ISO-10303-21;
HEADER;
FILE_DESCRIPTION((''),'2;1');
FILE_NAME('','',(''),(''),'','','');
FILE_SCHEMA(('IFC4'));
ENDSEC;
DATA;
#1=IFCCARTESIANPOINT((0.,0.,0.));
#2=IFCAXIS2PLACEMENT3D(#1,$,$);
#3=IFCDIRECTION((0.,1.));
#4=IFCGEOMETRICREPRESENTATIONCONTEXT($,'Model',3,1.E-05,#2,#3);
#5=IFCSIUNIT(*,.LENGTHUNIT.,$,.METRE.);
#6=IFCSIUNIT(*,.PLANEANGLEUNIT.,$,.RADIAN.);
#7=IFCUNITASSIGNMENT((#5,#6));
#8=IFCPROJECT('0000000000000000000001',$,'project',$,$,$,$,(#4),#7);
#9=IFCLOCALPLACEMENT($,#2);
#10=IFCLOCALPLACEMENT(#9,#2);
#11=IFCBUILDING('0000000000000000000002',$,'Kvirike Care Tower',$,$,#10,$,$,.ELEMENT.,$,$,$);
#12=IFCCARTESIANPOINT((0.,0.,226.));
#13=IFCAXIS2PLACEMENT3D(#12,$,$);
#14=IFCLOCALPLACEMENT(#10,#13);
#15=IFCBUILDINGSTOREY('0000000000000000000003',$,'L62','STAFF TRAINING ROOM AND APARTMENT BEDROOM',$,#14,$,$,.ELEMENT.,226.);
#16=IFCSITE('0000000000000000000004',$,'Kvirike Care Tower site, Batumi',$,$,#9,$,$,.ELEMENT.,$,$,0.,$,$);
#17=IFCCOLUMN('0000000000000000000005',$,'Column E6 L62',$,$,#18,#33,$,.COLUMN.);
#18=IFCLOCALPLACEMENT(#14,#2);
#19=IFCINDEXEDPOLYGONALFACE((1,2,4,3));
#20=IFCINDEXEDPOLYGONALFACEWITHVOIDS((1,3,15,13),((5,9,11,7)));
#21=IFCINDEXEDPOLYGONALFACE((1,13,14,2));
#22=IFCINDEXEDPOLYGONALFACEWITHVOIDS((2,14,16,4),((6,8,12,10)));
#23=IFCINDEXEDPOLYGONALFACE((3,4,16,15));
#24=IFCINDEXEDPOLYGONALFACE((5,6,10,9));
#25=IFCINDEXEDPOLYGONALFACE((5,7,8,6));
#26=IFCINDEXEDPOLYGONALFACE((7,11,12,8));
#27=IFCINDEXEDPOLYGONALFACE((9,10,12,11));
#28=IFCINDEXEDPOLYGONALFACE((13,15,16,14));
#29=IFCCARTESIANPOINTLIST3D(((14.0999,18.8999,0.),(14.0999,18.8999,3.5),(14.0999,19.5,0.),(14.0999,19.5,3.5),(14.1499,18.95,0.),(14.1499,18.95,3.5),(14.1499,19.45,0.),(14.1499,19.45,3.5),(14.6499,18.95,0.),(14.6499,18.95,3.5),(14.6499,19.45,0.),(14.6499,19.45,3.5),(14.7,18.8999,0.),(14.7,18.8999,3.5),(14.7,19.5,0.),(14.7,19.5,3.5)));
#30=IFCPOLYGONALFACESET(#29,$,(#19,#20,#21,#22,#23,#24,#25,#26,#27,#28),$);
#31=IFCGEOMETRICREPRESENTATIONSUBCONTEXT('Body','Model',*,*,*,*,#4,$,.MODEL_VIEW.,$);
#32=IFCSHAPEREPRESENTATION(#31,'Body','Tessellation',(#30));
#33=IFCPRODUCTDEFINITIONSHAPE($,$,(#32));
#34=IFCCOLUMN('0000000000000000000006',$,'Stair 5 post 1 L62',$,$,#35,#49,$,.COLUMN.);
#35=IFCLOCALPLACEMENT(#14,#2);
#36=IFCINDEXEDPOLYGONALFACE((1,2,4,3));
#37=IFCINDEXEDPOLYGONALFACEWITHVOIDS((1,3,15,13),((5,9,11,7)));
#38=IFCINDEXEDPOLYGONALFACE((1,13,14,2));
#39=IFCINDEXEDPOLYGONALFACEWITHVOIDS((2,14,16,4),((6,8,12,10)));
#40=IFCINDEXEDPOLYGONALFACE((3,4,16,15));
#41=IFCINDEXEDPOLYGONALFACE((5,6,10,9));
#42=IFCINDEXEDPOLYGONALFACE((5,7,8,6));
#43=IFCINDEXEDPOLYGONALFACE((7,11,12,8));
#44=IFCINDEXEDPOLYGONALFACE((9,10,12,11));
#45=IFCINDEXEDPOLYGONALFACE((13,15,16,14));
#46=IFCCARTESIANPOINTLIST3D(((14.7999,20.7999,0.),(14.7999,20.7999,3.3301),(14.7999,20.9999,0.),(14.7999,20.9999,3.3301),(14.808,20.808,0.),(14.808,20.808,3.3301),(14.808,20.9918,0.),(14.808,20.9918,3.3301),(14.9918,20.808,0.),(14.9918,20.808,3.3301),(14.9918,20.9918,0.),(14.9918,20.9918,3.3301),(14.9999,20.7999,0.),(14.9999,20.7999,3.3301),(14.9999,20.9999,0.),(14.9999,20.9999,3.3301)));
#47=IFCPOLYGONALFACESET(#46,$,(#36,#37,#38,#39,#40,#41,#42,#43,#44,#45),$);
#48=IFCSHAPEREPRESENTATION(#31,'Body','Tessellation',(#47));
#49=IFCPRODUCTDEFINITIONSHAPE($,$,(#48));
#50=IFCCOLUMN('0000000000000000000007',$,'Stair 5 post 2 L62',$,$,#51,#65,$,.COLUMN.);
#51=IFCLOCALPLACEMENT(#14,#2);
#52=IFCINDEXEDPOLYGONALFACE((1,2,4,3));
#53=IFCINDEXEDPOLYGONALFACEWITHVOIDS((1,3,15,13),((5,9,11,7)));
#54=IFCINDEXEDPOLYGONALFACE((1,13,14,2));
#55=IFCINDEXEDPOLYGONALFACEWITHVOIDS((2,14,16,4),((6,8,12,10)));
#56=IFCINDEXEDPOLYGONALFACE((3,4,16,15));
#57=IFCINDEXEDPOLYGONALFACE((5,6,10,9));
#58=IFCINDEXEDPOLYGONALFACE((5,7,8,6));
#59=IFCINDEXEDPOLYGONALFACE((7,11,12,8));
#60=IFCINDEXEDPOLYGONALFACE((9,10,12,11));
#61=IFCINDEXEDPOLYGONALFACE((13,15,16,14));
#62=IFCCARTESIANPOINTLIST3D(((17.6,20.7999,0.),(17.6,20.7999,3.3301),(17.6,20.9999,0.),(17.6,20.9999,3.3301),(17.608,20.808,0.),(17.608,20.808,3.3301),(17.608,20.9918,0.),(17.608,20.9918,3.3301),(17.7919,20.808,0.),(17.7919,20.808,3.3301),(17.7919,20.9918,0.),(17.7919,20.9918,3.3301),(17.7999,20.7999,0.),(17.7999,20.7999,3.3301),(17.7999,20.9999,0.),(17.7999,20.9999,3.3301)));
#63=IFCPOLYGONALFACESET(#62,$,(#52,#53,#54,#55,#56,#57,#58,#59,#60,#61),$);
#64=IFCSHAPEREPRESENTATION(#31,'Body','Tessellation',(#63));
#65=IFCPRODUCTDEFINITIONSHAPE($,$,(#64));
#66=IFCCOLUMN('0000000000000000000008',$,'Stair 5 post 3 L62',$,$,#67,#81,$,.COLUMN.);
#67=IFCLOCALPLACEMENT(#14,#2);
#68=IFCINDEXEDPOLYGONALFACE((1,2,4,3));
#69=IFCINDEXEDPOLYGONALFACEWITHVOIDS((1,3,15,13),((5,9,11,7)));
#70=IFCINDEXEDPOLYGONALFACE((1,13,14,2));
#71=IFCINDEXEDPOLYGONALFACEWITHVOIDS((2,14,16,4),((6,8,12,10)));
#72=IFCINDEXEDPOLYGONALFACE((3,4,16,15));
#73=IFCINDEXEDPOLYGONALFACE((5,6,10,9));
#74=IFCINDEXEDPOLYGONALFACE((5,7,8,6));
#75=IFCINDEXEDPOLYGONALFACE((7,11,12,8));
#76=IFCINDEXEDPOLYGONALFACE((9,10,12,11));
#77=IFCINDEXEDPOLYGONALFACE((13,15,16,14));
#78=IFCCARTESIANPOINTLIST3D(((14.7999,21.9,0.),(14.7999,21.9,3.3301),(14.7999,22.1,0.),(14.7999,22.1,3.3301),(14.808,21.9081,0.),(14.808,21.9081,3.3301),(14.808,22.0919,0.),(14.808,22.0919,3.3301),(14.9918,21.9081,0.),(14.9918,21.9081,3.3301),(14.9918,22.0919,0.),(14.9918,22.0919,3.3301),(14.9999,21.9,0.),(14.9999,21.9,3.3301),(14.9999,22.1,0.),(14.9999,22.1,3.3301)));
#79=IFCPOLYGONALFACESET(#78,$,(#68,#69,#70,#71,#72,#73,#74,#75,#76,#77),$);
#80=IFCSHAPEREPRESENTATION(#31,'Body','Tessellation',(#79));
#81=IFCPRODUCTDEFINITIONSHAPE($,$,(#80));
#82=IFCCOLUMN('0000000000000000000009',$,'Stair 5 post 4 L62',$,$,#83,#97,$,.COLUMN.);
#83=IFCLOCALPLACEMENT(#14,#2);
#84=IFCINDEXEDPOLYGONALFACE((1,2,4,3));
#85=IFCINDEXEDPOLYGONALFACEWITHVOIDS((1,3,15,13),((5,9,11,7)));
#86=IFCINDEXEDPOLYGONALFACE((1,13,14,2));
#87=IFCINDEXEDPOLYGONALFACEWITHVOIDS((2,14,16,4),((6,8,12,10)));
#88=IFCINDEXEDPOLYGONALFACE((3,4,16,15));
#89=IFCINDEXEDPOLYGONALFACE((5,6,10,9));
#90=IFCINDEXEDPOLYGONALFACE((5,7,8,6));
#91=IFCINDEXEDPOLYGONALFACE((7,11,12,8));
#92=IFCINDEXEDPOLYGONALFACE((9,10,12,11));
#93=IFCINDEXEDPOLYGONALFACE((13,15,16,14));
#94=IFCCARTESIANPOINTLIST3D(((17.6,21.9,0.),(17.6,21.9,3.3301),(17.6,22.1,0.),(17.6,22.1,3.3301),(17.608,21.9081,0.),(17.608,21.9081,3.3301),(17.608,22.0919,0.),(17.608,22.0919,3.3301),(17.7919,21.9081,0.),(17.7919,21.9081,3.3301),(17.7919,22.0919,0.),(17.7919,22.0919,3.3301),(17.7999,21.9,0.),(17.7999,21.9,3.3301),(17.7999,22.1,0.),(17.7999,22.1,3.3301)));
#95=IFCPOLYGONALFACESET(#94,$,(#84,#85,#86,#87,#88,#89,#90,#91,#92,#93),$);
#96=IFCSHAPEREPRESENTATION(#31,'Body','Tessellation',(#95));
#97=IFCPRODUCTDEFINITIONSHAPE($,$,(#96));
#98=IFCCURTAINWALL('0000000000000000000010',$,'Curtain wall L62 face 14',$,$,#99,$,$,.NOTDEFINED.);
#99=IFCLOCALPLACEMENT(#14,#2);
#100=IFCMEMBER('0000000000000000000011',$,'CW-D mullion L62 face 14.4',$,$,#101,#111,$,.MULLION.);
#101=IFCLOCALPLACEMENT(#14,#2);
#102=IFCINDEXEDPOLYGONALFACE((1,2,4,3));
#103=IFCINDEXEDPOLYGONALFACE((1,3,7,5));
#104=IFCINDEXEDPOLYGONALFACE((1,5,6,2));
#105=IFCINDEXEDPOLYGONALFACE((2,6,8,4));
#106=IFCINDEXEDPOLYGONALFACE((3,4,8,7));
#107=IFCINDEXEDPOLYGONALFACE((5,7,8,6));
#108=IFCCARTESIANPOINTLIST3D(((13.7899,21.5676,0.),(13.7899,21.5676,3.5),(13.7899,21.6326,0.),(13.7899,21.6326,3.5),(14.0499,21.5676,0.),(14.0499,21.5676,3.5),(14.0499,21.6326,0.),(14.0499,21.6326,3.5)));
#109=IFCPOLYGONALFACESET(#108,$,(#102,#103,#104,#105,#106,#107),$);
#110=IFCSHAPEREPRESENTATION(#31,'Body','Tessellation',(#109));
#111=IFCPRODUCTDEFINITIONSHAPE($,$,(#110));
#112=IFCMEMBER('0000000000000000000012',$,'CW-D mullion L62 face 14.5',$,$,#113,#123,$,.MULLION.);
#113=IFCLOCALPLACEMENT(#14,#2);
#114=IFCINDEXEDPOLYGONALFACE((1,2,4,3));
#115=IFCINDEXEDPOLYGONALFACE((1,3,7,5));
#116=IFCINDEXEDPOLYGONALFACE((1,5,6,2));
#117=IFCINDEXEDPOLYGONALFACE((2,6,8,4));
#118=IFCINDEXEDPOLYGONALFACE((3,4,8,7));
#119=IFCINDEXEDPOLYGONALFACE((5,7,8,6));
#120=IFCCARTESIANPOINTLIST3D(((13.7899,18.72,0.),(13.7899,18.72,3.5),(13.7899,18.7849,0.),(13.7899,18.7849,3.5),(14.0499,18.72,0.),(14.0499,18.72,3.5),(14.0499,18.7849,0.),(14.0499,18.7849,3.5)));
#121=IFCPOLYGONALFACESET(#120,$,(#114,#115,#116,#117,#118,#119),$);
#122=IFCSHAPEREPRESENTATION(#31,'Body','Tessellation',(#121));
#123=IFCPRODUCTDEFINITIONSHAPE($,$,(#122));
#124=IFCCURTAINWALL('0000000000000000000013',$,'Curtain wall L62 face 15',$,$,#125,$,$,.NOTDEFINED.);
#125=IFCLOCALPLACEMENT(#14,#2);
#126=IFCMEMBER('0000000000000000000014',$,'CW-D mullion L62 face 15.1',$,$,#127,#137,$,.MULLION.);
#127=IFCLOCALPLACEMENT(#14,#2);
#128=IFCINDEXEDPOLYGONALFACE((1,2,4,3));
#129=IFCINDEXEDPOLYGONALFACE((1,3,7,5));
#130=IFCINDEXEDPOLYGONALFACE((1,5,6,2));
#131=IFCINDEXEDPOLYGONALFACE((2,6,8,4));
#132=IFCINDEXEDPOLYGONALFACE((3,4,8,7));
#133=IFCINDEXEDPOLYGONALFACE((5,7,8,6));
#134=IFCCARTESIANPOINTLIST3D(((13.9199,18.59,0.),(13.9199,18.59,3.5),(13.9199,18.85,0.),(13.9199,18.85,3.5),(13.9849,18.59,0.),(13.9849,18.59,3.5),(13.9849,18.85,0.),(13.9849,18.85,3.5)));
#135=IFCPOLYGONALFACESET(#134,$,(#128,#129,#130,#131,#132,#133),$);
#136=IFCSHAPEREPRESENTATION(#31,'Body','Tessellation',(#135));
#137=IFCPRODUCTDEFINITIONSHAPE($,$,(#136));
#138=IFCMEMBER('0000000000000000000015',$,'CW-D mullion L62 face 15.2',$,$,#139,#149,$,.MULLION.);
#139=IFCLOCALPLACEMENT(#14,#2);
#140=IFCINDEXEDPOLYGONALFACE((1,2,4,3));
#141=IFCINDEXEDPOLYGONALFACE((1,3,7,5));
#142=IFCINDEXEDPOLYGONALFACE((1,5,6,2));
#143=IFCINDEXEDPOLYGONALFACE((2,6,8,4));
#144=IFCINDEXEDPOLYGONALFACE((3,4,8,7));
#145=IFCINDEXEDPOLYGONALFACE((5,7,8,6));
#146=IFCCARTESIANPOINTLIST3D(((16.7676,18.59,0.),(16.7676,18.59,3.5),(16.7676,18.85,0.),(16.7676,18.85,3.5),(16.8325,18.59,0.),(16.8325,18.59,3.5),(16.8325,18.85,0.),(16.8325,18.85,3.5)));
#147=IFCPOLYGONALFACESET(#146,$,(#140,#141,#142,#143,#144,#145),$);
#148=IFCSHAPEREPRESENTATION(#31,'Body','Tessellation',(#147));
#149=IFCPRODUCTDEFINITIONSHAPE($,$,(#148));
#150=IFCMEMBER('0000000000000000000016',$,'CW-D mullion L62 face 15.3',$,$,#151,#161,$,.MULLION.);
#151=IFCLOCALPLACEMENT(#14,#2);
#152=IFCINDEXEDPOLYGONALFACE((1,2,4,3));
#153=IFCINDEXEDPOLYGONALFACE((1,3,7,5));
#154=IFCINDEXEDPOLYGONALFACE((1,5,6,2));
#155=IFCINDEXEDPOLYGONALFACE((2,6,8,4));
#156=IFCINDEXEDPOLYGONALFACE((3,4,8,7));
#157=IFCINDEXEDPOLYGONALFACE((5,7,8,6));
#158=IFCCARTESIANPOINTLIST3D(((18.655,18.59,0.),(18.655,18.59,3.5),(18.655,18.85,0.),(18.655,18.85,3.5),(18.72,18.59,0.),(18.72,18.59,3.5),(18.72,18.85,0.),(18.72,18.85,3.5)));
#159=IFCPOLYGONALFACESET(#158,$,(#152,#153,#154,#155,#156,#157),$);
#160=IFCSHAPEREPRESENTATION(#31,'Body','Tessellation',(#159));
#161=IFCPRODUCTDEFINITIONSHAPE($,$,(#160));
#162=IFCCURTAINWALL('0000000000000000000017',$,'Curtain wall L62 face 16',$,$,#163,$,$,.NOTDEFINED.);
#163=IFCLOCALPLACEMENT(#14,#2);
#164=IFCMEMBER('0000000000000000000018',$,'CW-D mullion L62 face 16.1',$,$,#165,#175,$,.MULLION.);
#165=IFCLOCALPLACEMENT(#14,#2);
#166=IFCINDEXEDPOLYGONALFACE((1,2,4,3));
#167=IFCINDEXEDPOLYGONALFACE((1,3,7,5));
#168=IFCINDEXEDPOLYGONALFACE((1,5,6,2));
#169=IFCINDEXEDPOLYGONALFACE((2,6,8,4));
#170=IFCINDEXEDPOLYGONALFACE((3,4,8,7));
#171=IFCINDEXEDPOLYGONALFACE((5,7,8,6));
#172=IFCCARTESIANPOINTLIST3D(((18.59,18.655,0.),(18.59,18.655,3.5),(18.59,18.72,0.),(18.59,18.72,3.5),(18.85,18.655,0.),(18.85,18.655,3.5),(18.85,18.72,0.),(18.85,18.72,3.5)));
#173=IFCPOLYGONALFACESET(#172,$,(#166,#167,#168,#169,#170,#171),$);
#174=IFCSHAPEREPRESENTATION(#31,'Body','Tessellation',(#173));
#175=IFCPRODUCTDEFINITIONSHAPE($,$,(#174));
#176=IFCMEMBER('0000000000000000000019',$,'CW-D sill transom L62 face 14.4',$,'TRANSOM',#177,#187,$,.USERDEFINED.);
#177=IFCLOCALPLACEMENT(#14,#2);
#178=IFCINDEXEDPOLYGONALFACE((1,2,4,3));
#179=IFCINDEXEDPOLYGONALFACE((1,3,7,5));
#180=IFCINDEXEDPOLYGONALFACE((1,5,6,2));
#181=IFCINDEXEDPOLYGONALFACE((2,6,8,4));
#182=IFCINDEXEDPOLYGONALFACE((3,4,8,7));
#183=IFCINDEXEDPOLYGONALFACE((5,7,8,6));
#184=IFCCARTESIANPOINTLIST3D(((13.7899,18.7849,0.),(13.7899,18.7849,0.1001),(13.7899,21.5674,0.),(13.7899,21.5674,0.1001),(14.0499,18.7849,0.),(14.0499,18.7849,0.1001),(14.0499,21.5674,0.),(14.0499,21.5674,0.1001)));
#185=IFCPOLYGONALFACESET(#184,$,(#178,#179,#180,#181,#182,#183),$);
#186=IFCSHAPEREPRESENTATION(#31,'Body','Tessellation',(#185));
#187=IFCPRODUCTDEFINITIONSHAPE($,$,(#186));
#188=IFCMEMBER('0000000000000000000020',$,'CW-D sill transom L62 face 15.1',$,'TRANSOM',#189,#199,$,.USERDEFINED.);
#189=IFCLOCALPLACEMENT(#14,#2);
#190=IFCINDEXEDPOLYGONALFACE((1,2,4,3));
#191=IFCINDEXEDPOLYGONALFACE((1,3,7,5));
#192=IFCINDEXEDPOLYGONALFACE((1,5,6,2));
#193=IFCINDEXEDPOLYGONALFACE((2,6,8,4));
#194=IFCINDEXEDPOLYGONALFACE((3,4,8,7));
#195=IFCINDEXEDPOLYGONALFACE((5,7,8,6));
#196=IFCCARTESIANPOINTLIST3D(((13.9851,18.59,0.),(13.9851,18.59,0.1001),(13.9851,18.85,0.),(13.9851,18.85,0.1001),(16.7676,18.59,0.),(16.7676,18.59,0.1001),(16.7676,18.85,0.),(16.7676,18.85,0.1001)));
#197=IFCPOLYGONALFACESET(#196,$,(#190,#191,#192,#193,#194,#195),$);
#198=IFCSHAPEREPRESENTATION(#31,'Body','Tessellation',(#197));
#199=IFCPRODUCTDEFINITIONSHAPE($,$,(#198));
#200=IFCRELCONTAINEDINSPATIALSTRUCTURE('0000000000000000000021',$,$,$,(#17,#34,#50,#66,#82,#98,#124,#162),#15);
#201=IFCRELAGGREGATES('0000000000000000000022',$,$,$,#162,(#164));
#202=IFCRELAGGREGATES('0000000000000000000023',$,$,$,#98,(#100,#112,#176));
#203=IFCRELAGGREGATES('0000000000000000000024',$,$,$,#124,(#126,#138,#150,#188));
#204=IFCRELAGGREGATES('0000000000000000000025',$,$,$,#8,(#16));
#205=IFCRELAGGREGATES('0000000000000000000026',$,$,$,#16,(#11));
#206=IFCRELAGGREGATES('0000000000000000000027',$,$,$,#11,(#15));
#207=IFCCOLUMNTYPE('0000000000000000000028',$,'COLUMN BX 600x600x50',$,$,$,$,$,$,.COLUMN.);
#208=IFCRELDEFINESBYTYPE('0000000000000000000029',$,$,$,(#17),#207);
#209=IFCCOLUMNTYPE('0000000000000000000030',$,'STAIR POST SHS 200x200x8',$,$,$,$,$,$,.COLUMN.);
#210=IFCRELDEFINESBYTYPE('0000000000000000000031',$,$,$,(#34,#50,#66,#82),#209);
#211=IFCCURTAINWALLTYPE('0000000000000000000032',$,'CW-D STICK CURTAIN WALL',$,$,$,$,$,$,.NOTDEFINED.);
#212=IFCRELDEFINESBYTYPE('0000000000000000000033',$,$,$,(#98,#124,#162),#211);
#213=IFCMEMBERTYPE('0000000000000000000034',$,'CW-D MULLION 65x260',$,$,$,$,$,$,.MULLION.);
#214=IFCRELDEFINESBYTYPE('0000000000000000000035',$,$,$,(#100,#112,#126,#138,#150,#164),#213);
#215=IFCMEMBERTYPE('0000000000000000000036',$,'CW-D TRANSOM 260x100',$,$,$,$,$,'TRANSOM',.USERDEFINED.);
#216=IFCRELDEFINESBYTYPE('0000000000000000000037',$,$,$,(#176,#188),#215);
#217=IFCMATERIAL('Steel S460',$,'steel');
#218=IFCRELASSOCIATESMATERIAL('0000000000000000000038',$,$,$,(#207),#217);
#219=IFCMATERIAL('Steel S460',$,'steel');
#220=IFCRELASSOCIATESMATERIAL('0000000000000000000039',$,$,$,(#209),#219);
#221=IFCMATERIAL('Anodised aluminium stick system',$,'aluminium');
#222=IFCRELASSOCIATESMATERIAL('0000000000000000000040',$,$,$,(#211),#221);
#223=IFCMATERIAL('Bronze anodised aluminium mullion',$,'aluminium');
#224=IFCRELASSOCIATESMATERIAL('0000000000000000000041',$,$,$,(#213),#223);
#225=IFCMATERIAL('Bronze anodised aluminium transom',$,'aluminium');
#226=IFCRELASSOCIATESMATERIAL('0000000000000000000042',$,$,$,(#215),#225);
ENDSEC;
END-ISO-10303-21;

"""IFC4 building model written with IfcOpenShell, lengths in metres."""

from ifc_helpers import new_model, si_unit, direction, frame, origin, origin_2d, place, context, subcontext, project, spatial, rectangle, hollow_rectangle, extrude, material, material_profile, profile_set, type_object, element, aggregate, save


model = new_model("IFC4")

# Units and contexts
model_context = context("Model", 3, precision=1e-05, world=origin(), true_north=direction((0.0, 1.0)))
body_context = subcontext(model_context, "Body", "Model", "MODEL_VIEW")
ifc_project = project(units=[si_unit("LENGTHUNIT", "METRE"), si_unit("PLANEANGLEUNIT", "RADIAN")], contexts=[model_context])

# Site, building, storey
site_placement = place(None, origin())
site = spatial("IfcSite", under=ifc_project, at=site_placement, Name="Kvirike Care Tower site, Batumi", CompositionType="ELEMENT", RefElevation=0.0)
building_placement = place(site_placement, origin())
building = spatial("IfcBuilding", under=site, at=building_placement, Name="Kvirike Care Tower", CompositionType="ELEMENT")
storey_placement = place(building_placement, frame((0.0, 0.0, 226.0)))
storey = spatial("IfcBuildingStorey", under=building, at=storey_placement, Name="L62", Description="STAFF TRAINING ROOM AND APARTMENT BEDROOM", CompositionType="ELEMENT", Elevation=226.0)

# Columns
ifc_material_1 = material(Name="Steel S460", Category="steel")
ifc_material_profile_1 = material_profile(ifc_material_1, hollow_rectangle(XDim=0.6001, YDim=0.6001, WallThickness=0.05, at=origin_2d()), Name="BX 600x600x50")
ifc_profile_set_1 = profile_set([ifc_material_profile_1], Name="Steel S460")
column_type_1 = type_object("IfcColumnType", Name="COLUMN BX 600x600x50", PredefinedType="COLUMN", material=ifc_profile_set_1)
column_placement = place(storey_placement, frame((14.3999, 19.2, 0.0), z_axis=(0.0, 0.0, 1.0), x_axis=(0.0, 1.0, 0.0)))
element("IfcColumn", 1, at=column_placement, inside=storey, type_object=column_type_1, Name="Column E6 L62", PredefinedType="COLUMN", context=body_context, shape_type="SweptSolid", body=[
    extrude(hollow_rectangle(XDim=0.6001, YDim=0.6001, WallThickness=0.05, at=origin_2d()), origin(), (0.0, 0.0, 1.0), 3.5),
])
ifc_material_2 = material(Name="Steel S460", Category="steel")
ifc_material_profile_2 = material_profile(ifc_material_2, hollow_rectangle(XDim=0.2, YDim=0.2, WallThickness=0.0081, at=origin_2d()), Name="SHS 200x200x8")
ifc_profile_set_2 = profile_set([ifc_material_profile_2], Name="Steel S460")
column_type_2 = type_object("IfcColumnType", Name="STAIR POST SHS 200x200x8", PredefinedType="COLUMN", material=ifc_profile_set_2)
for number, where, z_axis, x_axis, name in (
    (2, (14.8999, 20.8999, 0.0), (0.0, 0.0, 1.0), (1.0, 0.0, 0.0), "Stair 5 post 1 L62"),
    (3, (17.7, 20.8999, 0.0), (0.0, 0.0, 1.0), (1.0, 0.0, 0.0), "Stair 5 post 2 L62"),
    (4, (14.8999, 22.0, 0.0), (0.0, 0.0, 1.0), (1.0, 0.0, 0.0), "Stair 5 post 3 L62"),
    (5, (17.7, 22.0, 0.0), (0.0, 0.0, 1.0), (1.0, 0.0, 0.0), "Stair 5 post 4 L62"),
):
    element("IfcColumn", number, at=place(storey_placement, frame(where, z_axis=z_axis, x_axis=x_axis)), inside=storey, type_object=column_type_2, Name=name, PredefinedType="COLUMN", context=body_context, shape_type="SweptSolid", body=[
        extrude(hollow_rectangle(XDim=0.2, YDim=0.2, WallThickness=0.0081, at=origin_2d()), origin(), (0.0, 0.0, 1.0), 3.3301),
    ])

# Curtain walls, members
ifc_material_3 = material(Name="Anodised aluminium stick system", Category="aluminium")
curtain_wall_type = type_object("IfcCurtainWallType", Name="CW-D STICK CURTAIN WALL", PredefinedType="NOTDEFINED", material=ifc_material_3)
curtain_wall_1_placement = place(storey_placement, origin())
curtain_wall_1 = element("IfcCurtainWall", 6, at=curtain_wall_1_placement, inside=storey, type_object=curtain_wall_type, Name="Curtain wall L62 face 14", PredefinedType="NOTDEFINED")
ifc_material_4 = material(Name="Bronze anodised aluminium mullion", Category="aluminium")
ifc_material_profile_3 = material_profile(ifc_material_4, rectangle(XDim=0.0649, YDim=0.26, at=origin_2d()), Name="CW-D MULLION 65x260")
ifc_profile_set_3 = profile_set([ifc_material_profile_3], Name="Bronze anodised aluminium mullion")
member_type_1 = type_object("IfcMemberType", Name="CW-D MULLION 65x260", PredefinedType="MULLION", material=ifc_profile_set_3)
member_1_placement = place(storey_placement, frame((13.9199, 21.6001, 0.0), z_axis=(0.0, 0.0, 1.0), x_axis=(0.0, -1.0, 0.0)))
member_1 = element("IfcMember", 7, at=member_1_placement, type_object=member_type_1, Name="CW-D mullion L62 face 14.4", PredefinedType="MULLION", context=body_context, shape_type="SweptSolid", body=[
    extrude(rectangle(XDim=0.0649, YDim=0.26, at=origin_2d()), origin(), (0.0, 0.0, 1.0), 3.5),
])
member_2_placement = place(storey_placement, frame((13.9199, 18.7524, 0.0), z_axis=(0.0, 0.0, 1.0), x_axis=(0.0, -1.0, 0.0)))
member_2 = element("IfcMember", 8, at=member_2_placement, type_object=member_type_1, Name="CW-D mullion L62 face 14.5", PredefinedType="MULLION", context=body_context, shape_type="SweptSolid", body=[
    extrude(rectangle(XDim=0.0649, YDim=0.26, at=origin_2d()), origin(), (0.0, 0.0, 1.0), 3.5),
])
curtain_wall_2_placement = place(storey_placement, origin())
curtain_wall_2 = element("IfcCurtainWall", 9, at=curtain_wall_2_placement, inside=storey, type_object=curtain_wall_type, Name="Curtain wall L62 face 15", PredefinedType="NOTDEFINED")
member_3_placement = place(storey_placement, frame((13.9524, 18.72, 0.0), z_axis=(0.0, 0.0, 1.0), x_axis=(1.0, 0.0, 0.0)))
member_3 = element("IfcMember", 10, at=member_3_placement, type_object=member_type_1, Name="CW-D mullion L62 face 15.1", PredefinedType="MULLION", context=body_context, shape_type="SweptSolid", body=[
    extrude(rectangle(XDim=0.0649, YDim=0.26, at=origin_2d()), origin(), (0.0, 0.0, 1.0), 3.5),
])
member_4_placement = place(storey_placement, frame((16.8, 18.72, 0.0), z_axis=(0.0, 0.0, 1.0), x_axis=(1.0, 0.0, 0.0)))
member_4 = element("IfcMember", 11, at=member_4_placement, type_object=member_type_1, Name="CW-D mullion L62 face 15.2", PredefinedType="MULLION", context=body_context, shape_type="SweptSolid", body=[
    extrude(rectangle(XDim=0.0649, YDim=0.26, at=origin_2d()), origin(), (0.0, 0.0, 1.0), 3.5),
])
member_5_placement = place(storey_placement, frame((18.6875, 18.72, 0.0), z_axis=(0.0, 0.0, 1.0), x_axis=(1.0, 0.0, 0.0)))
member_5 = element("IfcMember", 12, at=member_5_placement, type_object=member_type_1, Name="CW-D mullion L62 face 15.3", PredefinedType="MULLION", context=body_context, shape_type="SweptSolid", body=[
    extrude(rectangle(XDim=0.0649, YDim=0.26, at=origin_2d()), origin(), (0.0, 0.0, 1.0), 3.5),
])

# Curtain wall, member
curtain_wall_3_placement = place(storey_placement, origin())
curtain_wall_3 = element("IfcCurtainWall", 13, at=curtain_wall_3_placement, inside=storey, type_object=curtain_wall_type, Name="Curtain wall L62 face 16", PredefinedType="NOTDEFINED")
member_6_placement = place(storey_placement, frame((18.72, 18.6875, 0.0), z_axis=(0.0, 0.0, 1.0), x_axis=(0.0, -1.0, 0.0)))
member_6 = element("IfcMember", 14, at=member_6_placement, type_object=member_type_1, Name="CW-D mullion L62 face 16.1", PredefinedType="MULLION", context=body_context, shape_type="SweptSolid", body=[
    extrude(rectangle(XDim=0.0649, YDim=0.26, at=origin_2d()), origin(), (0.0, 0.0, 1.0), 3.5),
])

# Members
ifc_material_5 = material(Name="Bronze anodised aluminium transom", Category="aluminium")
ifc_material_profile_4 = material_profile(ifc_material_5, rectangle(XDim=0.26, YDim=0.1001, at=origin_2d()), Name="CW-D TRANSOM 260x100")
ifc_profile_set_4 = profile_set([ifc_material_profile_4], Name="Bronze anodised aluminium transom")
member_type_2 = type_object("IfcMemberType", Name="CW-D TRANSOM 260x100", ElementType="TRANSOM", PredefinedType="USERDEFINED", material=ifc_profile_set_4)
member_7_placement = place(storey_placement, frame((13.9199, 21.5674, 0.05), z_axis=(0.0, -1.0, 0.0), x_axis=(1.0, 0.0, 0.0)))
member_7 = element("IfcMember", 15, at=member_7_placement, type_object=member_type_2, Name="CW-D sill transom L62 face 14.4", ObjectType="TRANSOM", PredefinedType="USERDEFINED", context=body_context, shape_type="SweptSolid", body=[
    extrude(rectangle(XDim=0.26, YDim=0.1001, at=origin_2d()), origin(), (0.0, 0.0, 1.0), 2.7825),
])
member_8_placement = place(storey_placement, frame((13.9851, 18.72, 0.05), z_axis=(1.0, 0.0, 0.0), x_axis=(0.0, 1.0, 0.0)))
member_8 = element("IfcMember", 16, at=member_8_placement, type_object=member_type_2, Name="CW-D sill transom L62 face 15.1", ObjectType="TRANSOM", PredefinedType="USERDEFINED", context=body_context, shape_type="SweptSolid", body=[
    extrude(rectangle(XDim=0.26, YDim=0.1001, at=origin_2d()), origin(), (0.0, 0.0, 1.0), 2.7825),
])
aggregate(curtain_wall_3, [member_6])

aggregate(curtain_wall_1, [member_1, member_2, member_7])
aggregate(curtain_wall_2, [member_3, member_4, member_5, member_8])

save(model, "model.ifc")
